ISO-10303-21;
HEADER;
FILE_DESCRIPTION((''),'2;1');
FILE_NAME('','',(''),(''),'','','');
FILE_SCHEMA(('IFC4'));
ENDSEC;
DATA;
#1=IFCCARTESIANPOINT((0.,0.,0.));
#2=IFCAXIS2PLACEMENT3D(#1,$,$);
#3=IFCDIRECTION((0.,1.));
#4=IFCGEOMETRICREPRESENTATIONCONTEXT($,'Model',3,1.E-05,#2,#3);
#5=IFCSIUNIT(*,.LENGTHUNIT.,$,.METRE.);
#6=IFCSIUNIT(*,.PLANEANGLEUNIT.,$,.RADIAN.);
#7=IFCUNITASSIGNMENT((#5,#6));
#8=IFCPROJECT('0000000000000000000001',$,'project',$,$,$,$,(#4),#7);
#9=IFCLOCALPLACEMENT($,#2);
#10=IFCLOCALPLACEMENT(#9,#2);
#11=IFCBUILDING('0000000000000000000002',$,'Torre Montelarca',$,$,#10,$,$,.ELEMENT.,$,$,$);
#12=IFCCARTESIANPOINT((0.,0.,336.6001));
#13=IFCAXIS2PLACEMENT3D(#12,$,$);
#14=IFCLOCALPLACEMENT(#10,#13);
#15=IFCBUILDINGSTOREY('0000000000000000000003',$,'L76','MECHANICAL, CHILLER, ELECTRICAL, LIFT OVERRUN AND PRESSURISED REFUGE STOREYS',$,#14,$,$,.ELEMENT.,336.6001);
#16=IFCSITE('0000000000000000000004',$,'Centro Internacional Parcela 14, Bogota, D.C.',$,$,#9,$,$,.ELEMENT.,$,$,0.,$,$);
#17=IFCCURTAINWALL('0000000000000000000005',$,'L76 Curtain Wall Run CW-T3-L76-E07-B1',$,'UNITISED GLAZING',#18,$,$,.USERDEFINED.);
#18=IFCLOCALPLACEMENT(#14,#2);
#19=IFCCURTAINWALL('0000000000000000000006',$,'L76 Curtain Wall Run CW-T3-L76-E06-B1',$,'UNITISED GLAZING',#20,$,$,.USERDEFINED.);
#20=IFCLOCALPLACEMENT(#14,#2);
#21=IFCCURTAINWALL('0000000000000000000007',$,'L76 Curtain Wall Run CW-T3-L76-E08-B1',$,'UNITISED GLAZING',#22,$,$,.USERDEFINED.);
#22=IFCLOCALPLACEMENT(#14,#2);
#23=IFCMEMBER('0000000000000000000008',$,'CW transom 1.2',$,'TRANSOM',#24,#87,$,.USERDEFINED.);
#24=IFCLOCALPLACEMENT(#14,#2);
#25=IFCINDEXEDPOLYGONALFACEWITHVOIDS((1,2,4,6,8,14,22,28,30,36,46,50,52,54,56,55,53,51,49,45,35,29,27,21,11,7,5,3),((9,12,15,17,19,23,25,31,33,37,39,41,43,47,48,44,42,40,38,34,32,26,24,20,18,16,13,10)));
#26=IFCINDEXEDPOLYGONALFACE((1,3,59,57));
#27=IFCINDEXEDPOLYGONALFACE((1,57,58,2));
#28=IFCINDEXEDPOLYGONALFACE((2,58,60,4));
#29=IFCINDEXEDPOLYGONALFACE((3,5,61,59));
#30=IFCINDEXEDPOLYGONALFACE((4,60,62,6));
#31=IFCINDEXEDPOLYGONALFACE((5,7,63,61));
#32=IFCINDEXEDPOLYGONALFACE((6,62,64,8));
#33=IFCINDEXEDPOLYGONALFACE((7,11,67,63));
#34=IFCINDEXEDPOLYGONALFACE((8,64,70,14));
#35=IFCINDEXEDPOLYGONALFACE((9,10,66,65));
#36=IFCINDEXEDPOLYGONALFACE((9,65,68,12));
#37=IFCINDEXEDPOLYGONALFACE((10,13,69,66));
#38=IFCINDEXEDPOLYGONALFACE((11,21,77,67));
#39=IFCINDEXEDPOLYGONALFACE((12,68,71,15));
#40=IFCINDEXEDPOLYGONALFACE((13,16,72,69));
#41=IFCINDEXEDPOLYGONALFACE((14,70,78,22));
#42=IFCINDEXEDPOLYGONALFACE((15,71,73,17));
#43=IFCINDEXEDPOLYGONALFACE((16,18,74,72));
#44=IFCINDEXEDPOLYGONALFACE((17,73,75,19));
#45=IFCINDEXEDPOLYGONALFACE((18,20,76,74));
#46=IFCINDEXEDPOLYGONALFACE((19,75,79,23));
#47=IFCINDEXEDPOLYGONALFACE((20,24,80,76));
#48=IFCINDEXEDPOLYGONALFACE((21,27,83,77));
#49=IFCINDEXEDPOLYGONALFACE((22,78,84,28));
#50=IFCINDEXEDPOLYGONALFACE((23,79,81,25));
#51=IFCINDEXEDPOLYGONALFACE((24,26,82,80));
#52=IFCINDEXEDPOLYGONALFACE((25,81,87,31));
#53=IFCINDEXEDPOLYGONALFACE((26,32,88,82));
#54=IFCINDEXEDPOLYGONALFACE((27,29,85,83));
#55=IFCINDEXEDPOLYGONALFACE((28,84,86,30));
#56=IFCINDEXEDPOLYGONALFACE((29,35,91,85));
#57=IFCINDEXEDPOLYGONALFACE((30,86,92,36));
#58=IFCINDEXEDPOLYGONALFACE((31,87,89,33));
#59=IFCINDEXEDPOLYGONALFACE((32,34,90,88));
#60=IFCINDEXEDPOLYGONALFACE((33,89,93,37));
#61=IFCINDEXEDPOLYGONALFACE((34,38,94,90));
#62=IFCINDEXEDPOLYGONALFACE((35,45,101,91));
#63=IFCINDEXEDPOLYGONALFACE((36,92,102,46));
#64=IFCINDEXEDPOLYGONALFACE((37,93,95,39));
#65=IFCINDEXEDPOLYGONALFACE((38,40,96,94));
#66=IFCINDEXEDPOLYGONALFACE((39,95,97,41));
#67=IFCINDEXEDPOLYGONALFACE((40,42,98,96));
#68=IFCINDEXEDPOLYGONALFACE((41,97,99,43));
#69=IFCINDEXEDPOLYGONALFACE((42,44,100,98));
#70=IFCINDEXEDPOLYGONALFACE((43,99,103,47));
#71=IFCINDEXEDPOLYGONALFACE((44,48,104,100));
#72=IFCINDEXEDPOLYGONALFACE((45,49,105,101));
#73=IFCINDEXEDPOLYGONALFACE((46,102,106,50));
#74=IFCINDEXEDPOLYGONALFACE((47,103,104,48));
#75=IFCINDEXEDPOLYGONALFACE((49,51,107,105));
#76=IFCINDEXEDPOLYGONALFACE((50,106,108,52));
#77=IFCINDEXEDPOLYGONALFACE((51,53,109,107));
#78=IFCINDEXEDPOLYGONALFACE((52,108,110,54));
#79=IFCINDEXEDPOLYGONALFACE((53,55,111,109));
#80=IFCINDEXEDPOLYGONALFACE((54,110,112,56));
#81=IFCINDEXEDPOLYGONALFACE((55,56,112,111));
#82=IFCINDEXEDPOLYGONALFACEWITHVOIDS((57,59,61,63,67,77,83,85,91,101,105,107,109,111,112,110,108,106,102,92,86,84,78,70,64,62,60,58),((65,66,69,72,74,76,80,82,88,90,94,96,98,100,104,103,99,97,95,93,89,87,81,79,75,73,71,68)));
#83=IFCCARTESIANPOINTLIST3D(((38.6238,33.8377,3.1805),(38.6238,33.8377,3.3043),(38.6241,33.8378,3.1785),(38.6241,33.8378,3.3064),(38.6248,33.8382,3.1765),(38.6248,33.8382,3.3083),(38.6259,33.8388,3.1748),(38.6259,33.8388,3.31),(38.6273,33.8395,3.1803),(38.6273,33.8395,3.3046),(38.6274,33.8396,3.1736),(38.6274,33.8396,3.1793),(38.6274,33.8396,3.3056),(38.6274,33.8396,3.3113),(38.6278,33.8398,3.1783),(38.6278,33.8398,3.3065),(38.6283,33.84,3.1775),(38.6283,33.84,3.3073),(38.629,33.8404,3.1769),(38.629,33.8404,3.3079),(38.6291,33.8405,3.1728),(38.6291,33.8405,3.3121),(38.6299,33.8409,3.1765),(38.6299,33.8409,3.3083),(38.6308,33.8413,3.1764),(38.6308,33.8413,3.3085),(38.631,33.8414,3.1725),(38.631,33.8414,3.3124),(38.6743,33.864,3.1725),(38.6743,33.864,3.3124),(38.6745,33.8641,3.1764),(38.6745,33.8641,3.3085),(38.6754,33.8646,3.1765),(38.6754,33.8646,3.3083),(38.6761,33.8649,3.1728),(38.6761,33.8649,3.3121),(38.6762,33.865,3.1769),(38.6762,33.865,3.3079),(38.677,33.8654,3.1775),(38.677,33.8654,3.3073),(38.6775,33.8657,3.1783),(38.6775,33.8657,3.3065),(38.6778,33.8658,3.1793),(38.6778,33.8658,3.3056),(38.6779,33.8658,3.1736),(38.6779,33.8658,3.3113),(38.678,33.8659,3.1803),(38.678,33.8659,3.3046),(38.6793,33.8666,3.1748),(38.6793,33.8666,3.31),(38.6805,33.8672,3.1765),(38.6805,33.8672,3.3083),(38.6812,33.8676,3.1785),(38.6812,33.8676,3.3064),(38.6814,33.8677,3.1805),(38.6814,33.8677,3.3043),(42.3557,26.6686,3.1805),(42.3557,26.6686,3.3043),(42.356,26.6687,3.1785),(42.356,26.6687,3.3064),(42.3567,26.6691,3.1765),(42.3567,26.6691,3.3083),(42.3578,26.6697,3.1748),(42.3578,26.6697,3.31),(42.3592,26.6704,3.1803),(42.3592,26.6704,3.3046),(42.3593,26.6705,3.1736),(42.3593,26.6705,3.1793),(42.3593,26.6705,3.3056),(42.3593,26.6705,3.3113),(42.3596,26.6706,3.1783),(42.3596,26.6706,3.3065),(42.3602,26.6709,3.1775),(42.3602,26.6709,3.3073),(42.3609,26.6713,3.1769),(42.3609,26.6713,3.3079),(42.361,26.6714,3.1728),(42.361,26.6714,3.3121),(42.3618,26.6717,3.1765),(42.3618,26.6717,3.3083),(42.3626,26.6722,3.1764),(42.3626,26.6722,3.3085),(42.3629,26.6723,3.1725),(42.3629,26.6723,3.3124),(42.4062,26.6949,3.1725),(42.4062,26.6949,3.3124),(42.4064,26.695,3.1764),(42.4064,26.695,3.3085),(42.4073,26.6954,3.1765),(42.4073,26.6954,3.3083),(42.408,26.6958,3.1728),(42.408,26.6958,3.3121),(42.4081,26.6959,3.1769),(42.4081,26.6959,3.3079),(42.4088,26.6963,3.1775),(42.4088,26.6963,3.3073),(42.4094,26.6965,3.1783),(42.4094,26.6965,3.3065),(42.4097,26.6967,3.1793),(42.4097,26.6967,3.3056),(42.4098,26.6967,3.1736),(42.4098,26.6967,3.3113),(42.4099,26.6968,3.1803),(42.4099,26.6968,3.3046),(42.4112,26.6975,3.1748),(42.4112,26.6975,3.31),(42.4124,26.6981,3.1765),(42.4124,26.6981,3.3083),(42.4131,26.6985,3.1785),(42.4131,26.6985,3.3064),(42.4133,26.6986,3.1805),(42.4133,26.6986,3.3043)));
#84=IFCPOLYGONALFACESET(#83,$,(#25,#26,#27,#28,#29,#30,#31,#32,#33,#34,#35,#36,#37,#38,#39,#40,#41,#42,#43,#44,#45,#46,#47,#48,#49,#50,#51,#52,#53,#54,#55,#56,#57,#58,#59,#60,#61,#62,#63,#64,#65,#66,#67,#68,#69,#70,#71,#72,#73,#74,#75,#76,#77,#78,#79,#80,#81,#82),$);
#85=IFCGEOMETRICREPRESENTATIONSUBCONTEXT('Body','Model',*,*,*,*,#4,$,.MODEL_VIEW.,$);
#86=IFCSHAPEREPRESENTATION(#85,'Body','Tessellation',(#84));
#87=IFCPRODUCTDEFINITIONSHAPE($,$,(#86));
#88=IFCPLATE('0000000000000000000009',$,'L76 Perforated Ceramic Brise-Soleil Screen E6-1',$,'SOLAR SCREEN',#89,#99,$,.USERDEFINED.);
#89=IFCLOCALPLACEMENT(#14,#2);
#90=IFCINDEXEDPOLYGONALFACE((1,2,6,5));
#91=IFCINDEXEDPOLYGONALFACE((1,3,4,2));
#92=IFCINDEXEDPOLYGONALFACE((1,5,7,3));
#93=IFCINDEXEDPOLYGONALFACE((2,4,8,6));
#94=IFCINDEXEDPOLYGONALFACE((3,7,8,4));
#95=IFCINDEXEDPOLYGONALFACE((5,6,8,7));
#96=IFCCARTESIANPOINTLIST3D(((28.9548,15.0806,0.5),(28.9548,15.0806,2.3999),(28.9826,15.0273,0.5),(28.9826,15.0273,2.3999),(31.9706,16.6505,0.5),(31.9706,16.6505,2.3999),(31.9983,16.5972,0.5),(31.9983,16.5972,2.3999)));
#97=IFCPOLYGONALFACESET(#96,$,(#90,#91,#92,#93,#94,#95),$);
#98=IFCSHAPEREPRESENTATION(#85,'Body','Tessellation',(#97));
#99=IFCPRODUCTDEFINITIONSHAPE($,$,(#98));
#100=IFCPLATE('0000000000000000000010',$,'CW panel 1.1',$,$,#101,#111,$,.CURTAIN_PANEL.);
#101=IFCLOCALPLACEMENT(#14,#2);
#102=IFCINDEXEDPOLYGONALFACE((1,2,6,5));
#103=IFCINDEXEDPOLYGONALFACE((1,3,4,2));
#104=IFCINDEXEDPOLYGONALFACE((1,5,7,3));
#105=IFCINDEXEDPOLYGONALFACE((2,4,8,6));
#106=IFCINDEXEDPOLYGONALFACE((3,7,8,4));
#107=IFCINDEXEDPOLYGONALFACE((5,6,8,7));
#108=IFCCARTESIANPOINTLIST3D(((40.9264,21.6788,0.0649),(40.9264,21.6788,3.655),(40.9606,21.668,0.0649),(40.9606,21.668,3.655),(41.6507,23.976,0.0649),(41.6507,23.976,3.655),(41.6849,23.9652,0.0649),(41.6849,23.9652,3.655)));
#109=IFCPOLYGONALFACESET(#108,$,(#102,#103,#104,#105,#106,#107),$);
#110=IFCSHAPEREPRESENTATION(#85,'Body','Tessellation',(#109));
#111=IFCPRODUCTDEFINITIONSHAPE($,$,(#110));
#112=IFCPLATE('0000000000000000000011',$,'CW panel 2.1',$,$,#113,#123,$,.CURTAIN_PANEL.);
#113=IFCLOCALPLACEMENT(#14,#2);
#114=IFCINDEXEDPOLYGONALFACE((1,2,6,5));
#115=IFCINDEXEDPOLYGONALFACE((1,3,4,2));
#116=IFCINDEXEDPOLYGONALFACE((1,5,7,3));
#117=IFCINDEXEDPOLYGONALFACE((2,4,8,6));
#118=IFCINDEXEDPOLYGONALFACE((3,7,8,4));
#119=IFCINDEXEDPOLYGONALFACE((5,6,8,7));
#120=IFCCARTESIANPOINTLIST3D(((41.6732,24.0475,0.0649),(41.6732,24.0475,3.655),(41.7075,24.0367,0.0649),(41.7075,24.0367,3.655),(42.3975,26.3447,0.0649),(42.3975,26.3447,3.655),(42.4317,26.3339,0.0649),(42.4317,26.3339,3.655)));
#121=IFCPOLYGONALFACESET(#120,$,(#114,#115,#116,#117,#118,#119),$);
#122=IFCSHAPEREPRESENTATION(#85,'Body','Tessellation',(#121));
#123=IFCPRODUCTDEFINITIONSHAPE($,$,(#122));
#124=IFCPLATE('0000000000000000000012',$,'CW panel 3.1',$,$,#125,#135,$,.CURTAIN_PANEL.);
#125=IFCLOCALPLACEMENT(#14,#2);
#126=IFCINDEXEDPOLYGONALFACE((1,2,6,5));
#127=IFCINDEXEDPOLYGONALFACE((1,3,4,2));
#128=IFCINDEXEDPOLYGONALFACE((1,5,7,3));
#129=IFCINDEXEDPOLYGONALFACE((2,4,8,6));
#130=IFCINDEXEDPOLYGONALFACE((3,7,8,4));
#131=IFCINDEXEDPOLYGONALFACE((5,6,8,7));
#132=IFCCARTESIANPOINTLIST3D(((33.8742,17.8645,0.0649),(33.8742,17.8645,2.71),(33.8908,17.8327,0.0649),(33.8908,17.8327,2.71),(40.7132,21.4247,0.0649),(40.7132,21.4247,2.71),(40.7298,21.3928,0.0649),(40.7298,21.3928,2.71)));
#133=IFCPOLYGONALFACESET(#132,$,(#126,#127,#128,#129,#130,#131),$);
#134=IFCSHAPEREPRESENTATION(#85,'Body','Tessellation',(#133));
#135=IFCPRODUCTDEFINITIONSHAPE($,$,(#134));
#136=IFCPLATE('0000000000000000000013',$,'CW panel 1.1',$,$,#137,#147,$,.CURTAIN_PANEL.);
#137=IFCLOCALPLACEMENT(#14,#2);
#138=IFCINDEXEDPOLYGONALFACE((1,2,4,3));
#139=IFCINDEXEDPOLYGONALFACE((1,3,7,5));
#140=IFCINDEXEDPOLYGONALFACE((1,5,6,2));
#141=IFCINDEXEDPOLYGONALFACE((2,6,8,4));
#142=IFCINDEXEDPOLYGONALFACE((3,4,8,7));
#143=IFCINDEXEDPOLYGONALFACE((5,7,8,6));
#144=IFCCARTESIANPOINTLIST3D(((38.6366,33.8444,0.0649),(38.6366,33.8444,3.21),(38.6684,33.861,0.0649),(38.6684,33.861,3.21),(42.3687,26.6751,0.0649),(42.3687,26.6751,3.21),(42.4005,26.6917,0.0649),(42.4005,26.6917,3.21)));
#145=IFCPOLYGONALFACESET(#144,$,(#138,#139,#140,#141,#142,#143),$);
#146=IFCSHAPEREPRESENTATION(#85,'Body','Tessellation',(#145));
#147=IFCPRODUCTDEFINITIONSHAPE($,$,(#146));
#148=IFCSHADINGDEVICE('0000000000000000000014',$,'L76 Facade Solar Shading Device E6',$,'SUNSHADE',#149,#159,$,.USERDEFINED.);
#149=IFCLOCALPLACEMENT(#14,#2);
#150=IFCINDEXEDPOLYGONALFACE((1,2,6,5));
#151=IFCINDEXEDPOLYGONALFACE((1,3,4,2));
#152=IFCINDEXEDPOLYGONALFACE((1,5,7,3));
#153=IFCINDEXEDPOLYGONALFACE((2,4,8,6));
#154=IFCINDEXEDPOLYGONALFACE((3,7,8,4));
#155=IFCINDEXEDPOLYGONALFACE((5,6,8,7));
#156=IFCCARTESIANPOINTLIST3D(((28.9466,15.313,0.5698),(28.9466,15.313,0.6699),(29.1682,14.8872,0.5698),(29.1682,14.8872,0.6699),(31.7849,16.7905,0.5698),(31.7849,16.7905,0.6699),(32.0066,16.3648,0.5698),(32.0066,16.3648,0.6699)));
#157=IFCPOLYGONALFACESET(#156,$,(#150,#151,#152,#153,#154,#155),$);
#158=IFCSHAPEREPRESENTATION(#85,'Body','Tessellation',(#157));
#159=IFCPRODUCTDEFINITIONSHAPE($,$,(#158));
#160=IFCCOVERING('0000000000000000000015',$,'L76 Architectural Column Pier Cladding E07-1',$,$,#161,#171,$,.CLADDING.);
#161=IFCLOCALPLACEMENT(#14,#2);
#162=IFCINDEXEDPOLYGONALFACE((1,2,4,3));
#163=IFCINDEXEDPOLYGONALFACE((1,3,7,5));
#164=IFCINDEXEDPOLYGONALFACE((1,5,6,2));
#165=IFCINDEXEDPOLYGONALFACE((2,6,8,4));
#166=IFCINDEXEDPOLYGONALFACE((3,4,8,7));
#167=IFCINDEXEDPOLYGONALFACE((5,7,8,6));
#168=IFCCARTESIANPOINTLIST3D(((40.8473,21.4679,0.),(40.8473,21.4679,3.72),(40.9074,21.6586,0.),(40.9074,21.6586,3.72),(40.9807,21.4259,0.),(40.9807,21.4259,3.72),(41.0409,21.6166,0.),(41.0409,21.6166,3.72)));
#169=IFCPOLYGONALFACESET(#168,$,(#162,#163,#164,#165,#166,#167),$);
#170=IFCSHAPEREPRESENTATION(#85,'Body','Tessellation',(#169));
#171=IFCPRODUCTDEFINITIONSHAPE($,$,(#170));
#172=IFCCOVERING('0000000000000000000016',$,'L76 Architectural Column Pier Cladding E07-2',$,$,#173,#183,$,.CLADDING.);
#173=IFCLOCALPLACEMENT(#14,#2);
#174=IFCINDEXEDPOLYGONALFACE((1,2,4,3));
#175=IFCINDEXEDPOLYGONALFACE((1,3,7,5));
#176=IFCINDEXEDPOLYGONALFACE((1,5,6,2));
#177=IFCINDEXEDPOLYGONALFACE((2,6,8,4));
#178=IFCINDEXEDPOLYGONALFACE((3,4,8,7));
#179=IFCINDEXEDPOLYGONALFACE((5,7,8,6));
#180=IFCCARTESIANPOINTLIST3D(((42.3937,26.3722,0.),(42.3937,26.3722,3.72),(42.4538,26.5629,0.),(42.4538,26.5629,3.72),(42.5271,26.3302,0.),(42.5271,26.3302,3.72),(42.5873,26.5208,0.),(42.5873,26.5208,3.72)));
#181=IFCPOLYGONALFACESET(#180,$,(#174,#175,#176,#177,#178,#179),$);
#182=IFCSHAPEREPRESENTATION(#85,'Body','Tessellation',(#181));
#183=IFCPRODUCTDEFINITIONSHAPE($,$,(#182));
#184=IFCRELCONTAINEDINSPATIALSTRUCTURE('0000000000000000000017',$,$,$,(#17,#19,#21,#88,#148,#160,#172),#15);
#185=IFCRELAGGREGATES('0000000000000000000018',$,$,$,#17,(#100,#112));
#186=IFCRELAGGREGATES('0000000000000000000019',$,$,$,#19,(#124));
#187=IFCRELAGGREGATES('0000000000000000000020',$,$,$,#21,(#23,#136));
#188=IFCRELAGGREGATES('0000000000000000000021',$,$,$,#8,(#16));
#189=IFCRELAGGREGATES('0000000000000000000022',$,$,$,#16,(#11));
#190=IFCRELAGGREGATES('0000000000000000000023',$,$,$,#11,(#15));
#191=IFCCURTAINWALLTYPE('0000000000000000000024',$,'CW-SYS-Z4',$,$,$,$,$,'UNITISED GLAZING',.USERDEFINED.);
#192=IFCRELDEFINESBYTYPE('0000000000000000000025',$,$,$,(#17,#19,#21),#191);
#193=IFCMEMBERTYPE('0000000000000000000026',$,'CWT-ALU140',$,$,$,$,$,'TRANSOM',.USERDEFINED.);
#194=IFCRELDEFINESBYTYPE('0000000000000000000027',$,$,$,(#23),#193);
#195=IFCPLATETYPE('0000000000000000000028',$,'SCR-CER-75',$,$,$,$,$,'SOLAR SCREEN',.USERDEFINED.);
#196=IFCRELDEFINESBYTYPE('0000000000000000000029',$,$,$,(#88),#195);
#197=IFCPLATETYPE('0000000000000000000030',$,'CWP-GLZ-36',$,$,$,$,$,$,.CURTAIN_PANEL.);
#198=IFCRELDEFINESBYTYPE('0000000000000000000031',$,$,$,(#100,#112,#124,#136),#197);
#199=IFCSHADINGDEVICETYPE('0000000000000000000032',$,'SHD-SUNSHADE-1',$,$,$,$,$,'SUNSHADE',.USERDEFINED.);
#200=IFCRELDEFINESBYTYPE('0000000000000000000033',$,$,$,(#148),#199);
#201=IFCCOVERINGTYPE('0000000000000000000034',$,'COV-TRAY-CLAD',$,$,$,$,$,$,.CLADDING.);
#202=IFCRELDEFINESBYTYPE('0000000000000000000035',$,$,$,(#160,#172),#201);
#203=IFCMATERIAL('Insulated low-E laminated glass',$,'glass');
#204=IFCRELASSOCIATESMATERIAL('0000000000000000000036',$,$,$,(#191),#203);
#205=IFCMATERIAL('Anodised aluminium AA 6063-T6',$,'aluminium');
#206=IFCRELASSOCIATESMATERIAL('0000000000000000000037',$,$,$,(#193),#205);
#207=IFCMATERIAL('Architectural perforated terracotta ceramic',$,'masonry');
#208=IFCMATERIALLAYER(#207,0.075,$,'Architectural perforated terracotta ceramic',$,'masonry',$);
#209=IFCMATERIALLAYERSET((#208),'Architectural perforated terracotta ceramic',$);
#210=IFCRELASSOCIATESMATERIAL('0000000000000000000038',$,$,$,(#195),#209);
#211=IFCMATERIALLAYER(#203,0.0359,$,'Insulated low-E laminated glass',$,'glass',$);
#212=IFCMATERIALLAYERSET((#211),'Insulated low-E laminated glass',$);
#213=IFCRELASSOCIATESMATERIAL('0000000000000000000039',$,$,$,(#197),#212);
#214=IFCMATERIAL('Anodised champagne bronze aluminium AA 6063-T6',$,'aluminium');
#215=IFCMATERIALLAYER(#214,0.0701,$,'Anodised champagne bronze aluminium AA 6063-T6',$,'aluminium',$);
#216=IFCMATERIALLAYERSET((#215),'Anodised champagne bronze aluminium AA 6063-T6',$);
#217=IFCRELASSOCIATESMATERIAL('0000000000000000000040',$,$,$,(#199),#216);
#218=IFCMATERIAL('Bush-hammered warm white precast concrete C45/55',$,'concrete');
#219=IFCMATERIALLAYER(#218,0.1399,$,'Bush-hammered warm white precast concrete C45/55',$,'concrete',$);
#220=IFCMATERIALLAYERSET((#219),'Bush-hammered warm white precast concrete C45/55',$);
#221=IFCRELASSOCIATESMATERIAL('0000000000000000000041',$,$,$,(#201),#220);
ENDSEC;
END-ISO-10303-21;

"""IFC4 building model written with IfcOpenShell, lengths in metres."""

from ifc_helpers import new_model, si_unit, direction, frame, origin, origin_2d, place, context, subcontext, project, spatial, rectangle, hollow_rectangle, extrude, source, transform, mapped, material, layer, layer_set, material_profile, profile_set, type_object, element, aggregate, save


model = new_model("IFC4")

# Units and contexts
model_context = context("Model", 3, precision=1e-05, world=origin(), true_north=direction((0.0, 1.0)))
body_context = subcontext(model_context, "Body", "Model", "MODEL_VIEW")
ifc_project = project(units=[si_unit("LENGTHUNIT", "METRE"), si_unit("PLANEANGLEUNIT", "RADIAN")], contexts=[model_context])

# Site, building, storey
site_placement = place(None, origin())
site = spatial("IfcSite", under=ifc_project, at=site_placement, Name="Centro Internacional Parcela 14, Bogota, D.C.", CompositionType="ELEMENT", RefElevation=0.0)
building_placement = place(site_placement, origin())
building = spatial("IfcBuilding", under=site, at=building_placement, Name="Torre Montelarca", CompositionType="ELEMENT")
storey_placement = place(building_placement, frame((0.0, 0.0, 336.6001)))
storey = spatial("IfcBuildingStorey", under=building, at=storey_placement, Name="L76", Description="MECHANICAL, CHILLER, ELECTRICAL, LIFT OVERRUN AND PRESSURISED REFUGE STOREYS", CompositionType="ELEMENT", Elevation=336.6001)

# Curtain walls
ifc_material_1 = material(Name="Insulated low-E laminated glass", Category="glass")
curtain_wall_type = type_object("IfcCurtainWallType", Name="CW-SYS-Z4", ElementType="UNITISED GLAZING", PredefinedType="USERDEFINED", material=ifc_material_1)
curtain_wall_1_placement = place(storey_placement, origin())
curtain_wall_1 = element("IfcCurtainWall", 1, at=curtain_wall_1_placement, inside=storey, type_object=curtain_wall_type, Name="L76 Curtain Wall Run CW-T3-L76-E07-B1", ObjectType="UNITISED GLAZING", PredefinedType="USERDEFINED")
ifc_material_2 = material(Name="Anodised aluminium AA 6063-T6", Category="aluminium")
curtain_wall_2_placement = place(storey_placement, origin())
curtain_wall_2 = element("IfcCurtainWall", 2, at=curtain_wall_2_placement, inside=storey, type_object=curtain_wall_type, Name="L76 Curtain Wall Run CW-T3-L76-E06-B1", ObjectType="UNITISED GLAZING", PredefinedType="USERDEFINED")

# Shared definitions
ifc_material_profile_1 = material_profile(ifc_material_2, hollow_rectangle(XDim=0.0649, YDim=0.1399, WallThickness=0.0039, InnerFilletRadius=0.0039, OuterFilletRadius=0.0081, at=origin_2d()), Name="ALU65X140X4", Category="aluminium")
ifc_profile_set_1 = profile_set([ifc_material_profile_1], Name="Anodised aluminium AA 6063-T6")
member_type_1 = type_object("IfcMemberType", Name="CWT-ALU140", ElementType="TRANSOM", PredefinedType="USERDEFINED", material=ifc_profile_set_1)

# Curtain wall
curtain_wall_3_placement = place(storey_placement, origin())
curtain_wall_3 = element("IfcCurtainWall", 3, at=curtain_wall_3_placement, inside=storey, type_object=curtain_wall_type, Name="L76 Curtain Wall Run CW-T3-L76-E08-B1", ObjectType="UNITISED GLAZING", PredefinedType="USERDEFINED")

# Member
shared_shape_1 = source(origin(), body_context, "Body", "SweptSolid", [
    extrude(hollow_rectangle(XDim=0.0649, YDim=0.1399, WallThickness=0.0039, InnerFilletRadius=0.0039, OuterFilletRadius=0.0081, at=origin_2d()), origin(), (0.0, 0.0, 1.0), 8.0823),
])
member_1_placement = place(storey_placement, frame((42.3845, 26.6836, 3.2424), z_axis=(-0.461738, 0.887016, 0.0), x_axis=(-0.887016, -0.461738, 0.0)))
member_1 = element("IfcMember", 4, at=member_1_placement, type_object=member_type_1, Name="CW transom 1.2", ObjectType="TRANSOM", PredefinedType="USERDEFINED", context=body_context, shape_type="MappedRepresentation", body=[
    mapped(shared_shape_1, transform((0.0, 0.0, 0.0), scale=1.0)),
])

# Plates
ifc_material_3 = material(Name="Architectural perforated terracotta ceramic", Category="masonry")
ifc_layer_1 = layer(ifc_material_3, 0.075, Name="Architectural perforated terracotta ceramic", Category="masonry")
ifc_layer_set_1 = layer_set([ifc_layer_1], Name="Architectural perforated terracotta ceramic")
plate_type_1 = type_object("IfcPlateType", Name="SCR-CER-75", ElementType="SOLAR SCREEN", PredefinedType="USERDEFINED", material=ifc_layer_set_1)
shared_shape_2 = source(origin(), body_context, "Body", "SweptSolid", [
    extrude(rectangle(XDim=3.3999, YDim=0.0601, at=origin_2d()), origin(), (0.0, 0.0, 1.0), 1.8999),
])
plate_1_placement = place(storey_placement, frame((30.4766, 15.8389, 0.5), z_axis=(0.0, 0.0, 1.0), x_axis=(0.887011, 0.461749, 0.0)))
element("IfcPlate", 5, at=plate_1_placement, inside=storey, type_object=plate_type_1, Name="L76 Perforated Ceramic Brise-Soleil Screen E6-1", ObjectType="SOLAR SCREEN", PredefinedType="USERDEFINED", context=body_context, shape_type="MappedRepresentation", body=[
    mapped(shared_shape_2, transform((0.0, 0.0, 0.0), scale=1.0)),
])
ifc_layer_2 = layer(ifc_material_1, 0.0359, Name="Insulated low-E laminated glass", Category="glass")
ifc_layer_set_2 = layer_set([ifc_layer_2], Name="Insulated low-E laminated glass")
plate_type_2 = type_object("IfcPlateType", Name="CWP-GLZ-36", PredefinedType="CURTAIN_PANEL", material=ifc_layer_set_2)
shared_shape_3 = source(origin(), body_context, "Body", "SweptSolid", [
    extrude(rectangle(XDim=2.4087, YDim=0.0359, at=origin_2d()), origin(), (0.0, 0.0, 1.0), 3.5901),
])
plate_2_placement = place(storey_placement, frame((41.3057, 22.822, 0.0649), z_axis=(0.0, 0.0, 1.0), x_axis=(0.300693, 0.953721, 0.0)))
plate_2 = element("IfcPlate", 6, at=plate_2_placement, type_object=plate_type_2, Name="CW panel 1.1", PredefinedType="CURTAIN_PANEL", context=body_context, shape_type="MappedRepresentation", body=[
    mapped(shared_shape_3, transform((0.0, 0.0, 0.0), scale=1.0)),
])
plate_3_placement = place(storey_placement, frame((42.0525, 25.1907, 0.0649), z_axis=(0.0, 0.0, 1.0), x_axis=(0.300693, 0.953721, 0.0)))
plate_3 = element("IfcPlate", 7, at=plate_3_placement, type_object=plate_type_2, Name="CW panel 2.1", PredefinedType="CURTAIN_PANEL", context=body_context, shape_type="MappedRepresentation", body=[
    mapped(shared_shape_3, transform((0.0, 0.0, 0.0), scale=1.0)),
])
aggregate(curtain_wall_1, [plate_2, plate_3])
shared_shape_4 = source(origin(), body_context, "Body", "SweptSolid", [
    extrude(rectangle(XDim=7.7102, YDim=0.0359, at=origin_2d()), origin(), (0.0, 0.0, 1.0), 2.645),
])
plate_4_placement = place(storey_placement, frame((37.302, 19.6287, 0.0649), z_axis=(0.0, 0.0, 1.0), x_axis=(0.887012, 0.461746, 0.0)))
plate_4 = element("IfcPlate", 8, at=plate_4_placement, type_object=plate_type_2, Name="CW panel 3.1", PredefinedType="CURTAIN_PANEL", context=body_context, shape_type="MappedRepresentation", body=[
    mapped(shared_shape_4, transform((0.0, 0.0, 0.0), scale=1.0)),
])
aggregate(curtain_wall_2, [plate_4])
shared_shape_5 = source(origin(), body_context, "Body", "SweptSolid", [
    extrude(rectangle(XDim=8.0825, YDim=0.0359, at=origin_2d()), origin(), (0.0, 0.0, 1.0), 3.145),
])
plate_5_placement = place(storey_placement, frame((40.5186, 30.2681, 0.0649), z_axis=(0.0, 0.0, 1.0), x_axis=(-0.461746, 0.887012, 0.0)))
plate_5 = element("IfcPlate", 9, at=plate_5_placement, type_object=plate_type_2, Name="CW panel 1.1", PredefinedType="CURTAIN_PANEL", context=body_context, shape_type="MappedRepresentation", body=[
    mapped(shared_shape_5, transform((0.0, 0.0, 0.0), scale=1.0)),
])
aggregate(curtain_wall_3, [member_1, plate_5])

# Shading device
ifc_material_4 = material(Name="Anodised champagne bronze aluminium AA 6063-T6", Category="aluminium")
ifc_layer_3 = layer(ifc_material_4, 0.0701, Name="Anodised champagne bronze aluminium AA 6063-T6", Category="aluminium")
ifc_layer_set_3 = layer_set([ifc_layer_3], Name="Anodised champagne bronze aluminium AA 6063-T6")
shading_device_type = type_object("IfcShadingDeviceType", Name="SHD-SUNSHADE-1", ElementType="SUNSHADE", PredefinedType="USERDEFINED", material=ifc_layer_set_3)
shared_shape_6 = source(origin(), body_context, "Body", "SweptSolid", [
    extrude(rectangle(XDim=3.2, YDim=0.48, at=origin_2d()), origin(), (0.0, 0.0, 1.0), 0.1001),
])
shading_device_placement = place(storey_placement, frame((30.4766, 15.8389, 0.5698), z_axis=(0.0, 0.0, 1.0), x_axis=(0.887011, 0.461749, 0.0)))
element("IfcShadingDevice", 10, at=shading_device_placement, inside=storey, type_object=shading_device_type, Name="L76 Facade Solar Shading Device E6", ObjectType="SUNSHADE", PredefinedType="USERDEFINED", context=body_context, shape_type="MappedRepresentation", body=[
    mapped(shared_shape_6, transform((0.0, 0.0, 0.0), scale=1.0)),
])

# Coverings
ifc_material_5 = material(Name="Bush-hammered warm white precast concrete C45/55", Category="concrete")
ifc_layer_4 = layer(ifc_material_5, 0.1399, Name="Bush-hammered warm white precast concrete C45/55", Category="concrete")
ifc_layer_set_4 = layer_set([ifc_layer_4], Name="Bush-hammered warm white precast concrete C45/55")
covering_type = type_object("IfcCoveringType", Name="COV-TRAY-CLAD", PredefinedType="CLADDING", material=ifc_layer_set_4)
shared_shape_7 = source(origin(), body_context, "Body", "SweptSolid", [
    extrude(rectangle(XDim=0.2, YDim=0.1399, at=origin_2d()), origin(), (0.0, 0.0, 1.0), 3.72),
])
for number, where, z_axis, x_axis, name in (
    (11, (40.9441, 21.5422, 0.0), (0.0, 0.0, 1.0), (0.300701, 0.953719, 0.0), "L76 Architectural Column Pier Cladding E07-1"),
    (12, (42.4905, 26.4465, 0.0), (0.0, 0.0, 1.0), (0.300701, 0.953719, 0.0), "L76 Architectural Column Pier Cladding E07-2"),
):
    element("IfcCovering", number, at=place(storey_placement, frame(where, z_axis=z_axis, x_axis=x_axis)), inside=storey, type_object=covering_type, Name=name, PredefinedType="CLADDING", context=body_context, shape_type="MappedRepresentation", body=[
        mapped(shared_shape_7, transform((0.0, 0.0, 0.0), scale=1.0)),
    ])

save(model, "model.ifc")
